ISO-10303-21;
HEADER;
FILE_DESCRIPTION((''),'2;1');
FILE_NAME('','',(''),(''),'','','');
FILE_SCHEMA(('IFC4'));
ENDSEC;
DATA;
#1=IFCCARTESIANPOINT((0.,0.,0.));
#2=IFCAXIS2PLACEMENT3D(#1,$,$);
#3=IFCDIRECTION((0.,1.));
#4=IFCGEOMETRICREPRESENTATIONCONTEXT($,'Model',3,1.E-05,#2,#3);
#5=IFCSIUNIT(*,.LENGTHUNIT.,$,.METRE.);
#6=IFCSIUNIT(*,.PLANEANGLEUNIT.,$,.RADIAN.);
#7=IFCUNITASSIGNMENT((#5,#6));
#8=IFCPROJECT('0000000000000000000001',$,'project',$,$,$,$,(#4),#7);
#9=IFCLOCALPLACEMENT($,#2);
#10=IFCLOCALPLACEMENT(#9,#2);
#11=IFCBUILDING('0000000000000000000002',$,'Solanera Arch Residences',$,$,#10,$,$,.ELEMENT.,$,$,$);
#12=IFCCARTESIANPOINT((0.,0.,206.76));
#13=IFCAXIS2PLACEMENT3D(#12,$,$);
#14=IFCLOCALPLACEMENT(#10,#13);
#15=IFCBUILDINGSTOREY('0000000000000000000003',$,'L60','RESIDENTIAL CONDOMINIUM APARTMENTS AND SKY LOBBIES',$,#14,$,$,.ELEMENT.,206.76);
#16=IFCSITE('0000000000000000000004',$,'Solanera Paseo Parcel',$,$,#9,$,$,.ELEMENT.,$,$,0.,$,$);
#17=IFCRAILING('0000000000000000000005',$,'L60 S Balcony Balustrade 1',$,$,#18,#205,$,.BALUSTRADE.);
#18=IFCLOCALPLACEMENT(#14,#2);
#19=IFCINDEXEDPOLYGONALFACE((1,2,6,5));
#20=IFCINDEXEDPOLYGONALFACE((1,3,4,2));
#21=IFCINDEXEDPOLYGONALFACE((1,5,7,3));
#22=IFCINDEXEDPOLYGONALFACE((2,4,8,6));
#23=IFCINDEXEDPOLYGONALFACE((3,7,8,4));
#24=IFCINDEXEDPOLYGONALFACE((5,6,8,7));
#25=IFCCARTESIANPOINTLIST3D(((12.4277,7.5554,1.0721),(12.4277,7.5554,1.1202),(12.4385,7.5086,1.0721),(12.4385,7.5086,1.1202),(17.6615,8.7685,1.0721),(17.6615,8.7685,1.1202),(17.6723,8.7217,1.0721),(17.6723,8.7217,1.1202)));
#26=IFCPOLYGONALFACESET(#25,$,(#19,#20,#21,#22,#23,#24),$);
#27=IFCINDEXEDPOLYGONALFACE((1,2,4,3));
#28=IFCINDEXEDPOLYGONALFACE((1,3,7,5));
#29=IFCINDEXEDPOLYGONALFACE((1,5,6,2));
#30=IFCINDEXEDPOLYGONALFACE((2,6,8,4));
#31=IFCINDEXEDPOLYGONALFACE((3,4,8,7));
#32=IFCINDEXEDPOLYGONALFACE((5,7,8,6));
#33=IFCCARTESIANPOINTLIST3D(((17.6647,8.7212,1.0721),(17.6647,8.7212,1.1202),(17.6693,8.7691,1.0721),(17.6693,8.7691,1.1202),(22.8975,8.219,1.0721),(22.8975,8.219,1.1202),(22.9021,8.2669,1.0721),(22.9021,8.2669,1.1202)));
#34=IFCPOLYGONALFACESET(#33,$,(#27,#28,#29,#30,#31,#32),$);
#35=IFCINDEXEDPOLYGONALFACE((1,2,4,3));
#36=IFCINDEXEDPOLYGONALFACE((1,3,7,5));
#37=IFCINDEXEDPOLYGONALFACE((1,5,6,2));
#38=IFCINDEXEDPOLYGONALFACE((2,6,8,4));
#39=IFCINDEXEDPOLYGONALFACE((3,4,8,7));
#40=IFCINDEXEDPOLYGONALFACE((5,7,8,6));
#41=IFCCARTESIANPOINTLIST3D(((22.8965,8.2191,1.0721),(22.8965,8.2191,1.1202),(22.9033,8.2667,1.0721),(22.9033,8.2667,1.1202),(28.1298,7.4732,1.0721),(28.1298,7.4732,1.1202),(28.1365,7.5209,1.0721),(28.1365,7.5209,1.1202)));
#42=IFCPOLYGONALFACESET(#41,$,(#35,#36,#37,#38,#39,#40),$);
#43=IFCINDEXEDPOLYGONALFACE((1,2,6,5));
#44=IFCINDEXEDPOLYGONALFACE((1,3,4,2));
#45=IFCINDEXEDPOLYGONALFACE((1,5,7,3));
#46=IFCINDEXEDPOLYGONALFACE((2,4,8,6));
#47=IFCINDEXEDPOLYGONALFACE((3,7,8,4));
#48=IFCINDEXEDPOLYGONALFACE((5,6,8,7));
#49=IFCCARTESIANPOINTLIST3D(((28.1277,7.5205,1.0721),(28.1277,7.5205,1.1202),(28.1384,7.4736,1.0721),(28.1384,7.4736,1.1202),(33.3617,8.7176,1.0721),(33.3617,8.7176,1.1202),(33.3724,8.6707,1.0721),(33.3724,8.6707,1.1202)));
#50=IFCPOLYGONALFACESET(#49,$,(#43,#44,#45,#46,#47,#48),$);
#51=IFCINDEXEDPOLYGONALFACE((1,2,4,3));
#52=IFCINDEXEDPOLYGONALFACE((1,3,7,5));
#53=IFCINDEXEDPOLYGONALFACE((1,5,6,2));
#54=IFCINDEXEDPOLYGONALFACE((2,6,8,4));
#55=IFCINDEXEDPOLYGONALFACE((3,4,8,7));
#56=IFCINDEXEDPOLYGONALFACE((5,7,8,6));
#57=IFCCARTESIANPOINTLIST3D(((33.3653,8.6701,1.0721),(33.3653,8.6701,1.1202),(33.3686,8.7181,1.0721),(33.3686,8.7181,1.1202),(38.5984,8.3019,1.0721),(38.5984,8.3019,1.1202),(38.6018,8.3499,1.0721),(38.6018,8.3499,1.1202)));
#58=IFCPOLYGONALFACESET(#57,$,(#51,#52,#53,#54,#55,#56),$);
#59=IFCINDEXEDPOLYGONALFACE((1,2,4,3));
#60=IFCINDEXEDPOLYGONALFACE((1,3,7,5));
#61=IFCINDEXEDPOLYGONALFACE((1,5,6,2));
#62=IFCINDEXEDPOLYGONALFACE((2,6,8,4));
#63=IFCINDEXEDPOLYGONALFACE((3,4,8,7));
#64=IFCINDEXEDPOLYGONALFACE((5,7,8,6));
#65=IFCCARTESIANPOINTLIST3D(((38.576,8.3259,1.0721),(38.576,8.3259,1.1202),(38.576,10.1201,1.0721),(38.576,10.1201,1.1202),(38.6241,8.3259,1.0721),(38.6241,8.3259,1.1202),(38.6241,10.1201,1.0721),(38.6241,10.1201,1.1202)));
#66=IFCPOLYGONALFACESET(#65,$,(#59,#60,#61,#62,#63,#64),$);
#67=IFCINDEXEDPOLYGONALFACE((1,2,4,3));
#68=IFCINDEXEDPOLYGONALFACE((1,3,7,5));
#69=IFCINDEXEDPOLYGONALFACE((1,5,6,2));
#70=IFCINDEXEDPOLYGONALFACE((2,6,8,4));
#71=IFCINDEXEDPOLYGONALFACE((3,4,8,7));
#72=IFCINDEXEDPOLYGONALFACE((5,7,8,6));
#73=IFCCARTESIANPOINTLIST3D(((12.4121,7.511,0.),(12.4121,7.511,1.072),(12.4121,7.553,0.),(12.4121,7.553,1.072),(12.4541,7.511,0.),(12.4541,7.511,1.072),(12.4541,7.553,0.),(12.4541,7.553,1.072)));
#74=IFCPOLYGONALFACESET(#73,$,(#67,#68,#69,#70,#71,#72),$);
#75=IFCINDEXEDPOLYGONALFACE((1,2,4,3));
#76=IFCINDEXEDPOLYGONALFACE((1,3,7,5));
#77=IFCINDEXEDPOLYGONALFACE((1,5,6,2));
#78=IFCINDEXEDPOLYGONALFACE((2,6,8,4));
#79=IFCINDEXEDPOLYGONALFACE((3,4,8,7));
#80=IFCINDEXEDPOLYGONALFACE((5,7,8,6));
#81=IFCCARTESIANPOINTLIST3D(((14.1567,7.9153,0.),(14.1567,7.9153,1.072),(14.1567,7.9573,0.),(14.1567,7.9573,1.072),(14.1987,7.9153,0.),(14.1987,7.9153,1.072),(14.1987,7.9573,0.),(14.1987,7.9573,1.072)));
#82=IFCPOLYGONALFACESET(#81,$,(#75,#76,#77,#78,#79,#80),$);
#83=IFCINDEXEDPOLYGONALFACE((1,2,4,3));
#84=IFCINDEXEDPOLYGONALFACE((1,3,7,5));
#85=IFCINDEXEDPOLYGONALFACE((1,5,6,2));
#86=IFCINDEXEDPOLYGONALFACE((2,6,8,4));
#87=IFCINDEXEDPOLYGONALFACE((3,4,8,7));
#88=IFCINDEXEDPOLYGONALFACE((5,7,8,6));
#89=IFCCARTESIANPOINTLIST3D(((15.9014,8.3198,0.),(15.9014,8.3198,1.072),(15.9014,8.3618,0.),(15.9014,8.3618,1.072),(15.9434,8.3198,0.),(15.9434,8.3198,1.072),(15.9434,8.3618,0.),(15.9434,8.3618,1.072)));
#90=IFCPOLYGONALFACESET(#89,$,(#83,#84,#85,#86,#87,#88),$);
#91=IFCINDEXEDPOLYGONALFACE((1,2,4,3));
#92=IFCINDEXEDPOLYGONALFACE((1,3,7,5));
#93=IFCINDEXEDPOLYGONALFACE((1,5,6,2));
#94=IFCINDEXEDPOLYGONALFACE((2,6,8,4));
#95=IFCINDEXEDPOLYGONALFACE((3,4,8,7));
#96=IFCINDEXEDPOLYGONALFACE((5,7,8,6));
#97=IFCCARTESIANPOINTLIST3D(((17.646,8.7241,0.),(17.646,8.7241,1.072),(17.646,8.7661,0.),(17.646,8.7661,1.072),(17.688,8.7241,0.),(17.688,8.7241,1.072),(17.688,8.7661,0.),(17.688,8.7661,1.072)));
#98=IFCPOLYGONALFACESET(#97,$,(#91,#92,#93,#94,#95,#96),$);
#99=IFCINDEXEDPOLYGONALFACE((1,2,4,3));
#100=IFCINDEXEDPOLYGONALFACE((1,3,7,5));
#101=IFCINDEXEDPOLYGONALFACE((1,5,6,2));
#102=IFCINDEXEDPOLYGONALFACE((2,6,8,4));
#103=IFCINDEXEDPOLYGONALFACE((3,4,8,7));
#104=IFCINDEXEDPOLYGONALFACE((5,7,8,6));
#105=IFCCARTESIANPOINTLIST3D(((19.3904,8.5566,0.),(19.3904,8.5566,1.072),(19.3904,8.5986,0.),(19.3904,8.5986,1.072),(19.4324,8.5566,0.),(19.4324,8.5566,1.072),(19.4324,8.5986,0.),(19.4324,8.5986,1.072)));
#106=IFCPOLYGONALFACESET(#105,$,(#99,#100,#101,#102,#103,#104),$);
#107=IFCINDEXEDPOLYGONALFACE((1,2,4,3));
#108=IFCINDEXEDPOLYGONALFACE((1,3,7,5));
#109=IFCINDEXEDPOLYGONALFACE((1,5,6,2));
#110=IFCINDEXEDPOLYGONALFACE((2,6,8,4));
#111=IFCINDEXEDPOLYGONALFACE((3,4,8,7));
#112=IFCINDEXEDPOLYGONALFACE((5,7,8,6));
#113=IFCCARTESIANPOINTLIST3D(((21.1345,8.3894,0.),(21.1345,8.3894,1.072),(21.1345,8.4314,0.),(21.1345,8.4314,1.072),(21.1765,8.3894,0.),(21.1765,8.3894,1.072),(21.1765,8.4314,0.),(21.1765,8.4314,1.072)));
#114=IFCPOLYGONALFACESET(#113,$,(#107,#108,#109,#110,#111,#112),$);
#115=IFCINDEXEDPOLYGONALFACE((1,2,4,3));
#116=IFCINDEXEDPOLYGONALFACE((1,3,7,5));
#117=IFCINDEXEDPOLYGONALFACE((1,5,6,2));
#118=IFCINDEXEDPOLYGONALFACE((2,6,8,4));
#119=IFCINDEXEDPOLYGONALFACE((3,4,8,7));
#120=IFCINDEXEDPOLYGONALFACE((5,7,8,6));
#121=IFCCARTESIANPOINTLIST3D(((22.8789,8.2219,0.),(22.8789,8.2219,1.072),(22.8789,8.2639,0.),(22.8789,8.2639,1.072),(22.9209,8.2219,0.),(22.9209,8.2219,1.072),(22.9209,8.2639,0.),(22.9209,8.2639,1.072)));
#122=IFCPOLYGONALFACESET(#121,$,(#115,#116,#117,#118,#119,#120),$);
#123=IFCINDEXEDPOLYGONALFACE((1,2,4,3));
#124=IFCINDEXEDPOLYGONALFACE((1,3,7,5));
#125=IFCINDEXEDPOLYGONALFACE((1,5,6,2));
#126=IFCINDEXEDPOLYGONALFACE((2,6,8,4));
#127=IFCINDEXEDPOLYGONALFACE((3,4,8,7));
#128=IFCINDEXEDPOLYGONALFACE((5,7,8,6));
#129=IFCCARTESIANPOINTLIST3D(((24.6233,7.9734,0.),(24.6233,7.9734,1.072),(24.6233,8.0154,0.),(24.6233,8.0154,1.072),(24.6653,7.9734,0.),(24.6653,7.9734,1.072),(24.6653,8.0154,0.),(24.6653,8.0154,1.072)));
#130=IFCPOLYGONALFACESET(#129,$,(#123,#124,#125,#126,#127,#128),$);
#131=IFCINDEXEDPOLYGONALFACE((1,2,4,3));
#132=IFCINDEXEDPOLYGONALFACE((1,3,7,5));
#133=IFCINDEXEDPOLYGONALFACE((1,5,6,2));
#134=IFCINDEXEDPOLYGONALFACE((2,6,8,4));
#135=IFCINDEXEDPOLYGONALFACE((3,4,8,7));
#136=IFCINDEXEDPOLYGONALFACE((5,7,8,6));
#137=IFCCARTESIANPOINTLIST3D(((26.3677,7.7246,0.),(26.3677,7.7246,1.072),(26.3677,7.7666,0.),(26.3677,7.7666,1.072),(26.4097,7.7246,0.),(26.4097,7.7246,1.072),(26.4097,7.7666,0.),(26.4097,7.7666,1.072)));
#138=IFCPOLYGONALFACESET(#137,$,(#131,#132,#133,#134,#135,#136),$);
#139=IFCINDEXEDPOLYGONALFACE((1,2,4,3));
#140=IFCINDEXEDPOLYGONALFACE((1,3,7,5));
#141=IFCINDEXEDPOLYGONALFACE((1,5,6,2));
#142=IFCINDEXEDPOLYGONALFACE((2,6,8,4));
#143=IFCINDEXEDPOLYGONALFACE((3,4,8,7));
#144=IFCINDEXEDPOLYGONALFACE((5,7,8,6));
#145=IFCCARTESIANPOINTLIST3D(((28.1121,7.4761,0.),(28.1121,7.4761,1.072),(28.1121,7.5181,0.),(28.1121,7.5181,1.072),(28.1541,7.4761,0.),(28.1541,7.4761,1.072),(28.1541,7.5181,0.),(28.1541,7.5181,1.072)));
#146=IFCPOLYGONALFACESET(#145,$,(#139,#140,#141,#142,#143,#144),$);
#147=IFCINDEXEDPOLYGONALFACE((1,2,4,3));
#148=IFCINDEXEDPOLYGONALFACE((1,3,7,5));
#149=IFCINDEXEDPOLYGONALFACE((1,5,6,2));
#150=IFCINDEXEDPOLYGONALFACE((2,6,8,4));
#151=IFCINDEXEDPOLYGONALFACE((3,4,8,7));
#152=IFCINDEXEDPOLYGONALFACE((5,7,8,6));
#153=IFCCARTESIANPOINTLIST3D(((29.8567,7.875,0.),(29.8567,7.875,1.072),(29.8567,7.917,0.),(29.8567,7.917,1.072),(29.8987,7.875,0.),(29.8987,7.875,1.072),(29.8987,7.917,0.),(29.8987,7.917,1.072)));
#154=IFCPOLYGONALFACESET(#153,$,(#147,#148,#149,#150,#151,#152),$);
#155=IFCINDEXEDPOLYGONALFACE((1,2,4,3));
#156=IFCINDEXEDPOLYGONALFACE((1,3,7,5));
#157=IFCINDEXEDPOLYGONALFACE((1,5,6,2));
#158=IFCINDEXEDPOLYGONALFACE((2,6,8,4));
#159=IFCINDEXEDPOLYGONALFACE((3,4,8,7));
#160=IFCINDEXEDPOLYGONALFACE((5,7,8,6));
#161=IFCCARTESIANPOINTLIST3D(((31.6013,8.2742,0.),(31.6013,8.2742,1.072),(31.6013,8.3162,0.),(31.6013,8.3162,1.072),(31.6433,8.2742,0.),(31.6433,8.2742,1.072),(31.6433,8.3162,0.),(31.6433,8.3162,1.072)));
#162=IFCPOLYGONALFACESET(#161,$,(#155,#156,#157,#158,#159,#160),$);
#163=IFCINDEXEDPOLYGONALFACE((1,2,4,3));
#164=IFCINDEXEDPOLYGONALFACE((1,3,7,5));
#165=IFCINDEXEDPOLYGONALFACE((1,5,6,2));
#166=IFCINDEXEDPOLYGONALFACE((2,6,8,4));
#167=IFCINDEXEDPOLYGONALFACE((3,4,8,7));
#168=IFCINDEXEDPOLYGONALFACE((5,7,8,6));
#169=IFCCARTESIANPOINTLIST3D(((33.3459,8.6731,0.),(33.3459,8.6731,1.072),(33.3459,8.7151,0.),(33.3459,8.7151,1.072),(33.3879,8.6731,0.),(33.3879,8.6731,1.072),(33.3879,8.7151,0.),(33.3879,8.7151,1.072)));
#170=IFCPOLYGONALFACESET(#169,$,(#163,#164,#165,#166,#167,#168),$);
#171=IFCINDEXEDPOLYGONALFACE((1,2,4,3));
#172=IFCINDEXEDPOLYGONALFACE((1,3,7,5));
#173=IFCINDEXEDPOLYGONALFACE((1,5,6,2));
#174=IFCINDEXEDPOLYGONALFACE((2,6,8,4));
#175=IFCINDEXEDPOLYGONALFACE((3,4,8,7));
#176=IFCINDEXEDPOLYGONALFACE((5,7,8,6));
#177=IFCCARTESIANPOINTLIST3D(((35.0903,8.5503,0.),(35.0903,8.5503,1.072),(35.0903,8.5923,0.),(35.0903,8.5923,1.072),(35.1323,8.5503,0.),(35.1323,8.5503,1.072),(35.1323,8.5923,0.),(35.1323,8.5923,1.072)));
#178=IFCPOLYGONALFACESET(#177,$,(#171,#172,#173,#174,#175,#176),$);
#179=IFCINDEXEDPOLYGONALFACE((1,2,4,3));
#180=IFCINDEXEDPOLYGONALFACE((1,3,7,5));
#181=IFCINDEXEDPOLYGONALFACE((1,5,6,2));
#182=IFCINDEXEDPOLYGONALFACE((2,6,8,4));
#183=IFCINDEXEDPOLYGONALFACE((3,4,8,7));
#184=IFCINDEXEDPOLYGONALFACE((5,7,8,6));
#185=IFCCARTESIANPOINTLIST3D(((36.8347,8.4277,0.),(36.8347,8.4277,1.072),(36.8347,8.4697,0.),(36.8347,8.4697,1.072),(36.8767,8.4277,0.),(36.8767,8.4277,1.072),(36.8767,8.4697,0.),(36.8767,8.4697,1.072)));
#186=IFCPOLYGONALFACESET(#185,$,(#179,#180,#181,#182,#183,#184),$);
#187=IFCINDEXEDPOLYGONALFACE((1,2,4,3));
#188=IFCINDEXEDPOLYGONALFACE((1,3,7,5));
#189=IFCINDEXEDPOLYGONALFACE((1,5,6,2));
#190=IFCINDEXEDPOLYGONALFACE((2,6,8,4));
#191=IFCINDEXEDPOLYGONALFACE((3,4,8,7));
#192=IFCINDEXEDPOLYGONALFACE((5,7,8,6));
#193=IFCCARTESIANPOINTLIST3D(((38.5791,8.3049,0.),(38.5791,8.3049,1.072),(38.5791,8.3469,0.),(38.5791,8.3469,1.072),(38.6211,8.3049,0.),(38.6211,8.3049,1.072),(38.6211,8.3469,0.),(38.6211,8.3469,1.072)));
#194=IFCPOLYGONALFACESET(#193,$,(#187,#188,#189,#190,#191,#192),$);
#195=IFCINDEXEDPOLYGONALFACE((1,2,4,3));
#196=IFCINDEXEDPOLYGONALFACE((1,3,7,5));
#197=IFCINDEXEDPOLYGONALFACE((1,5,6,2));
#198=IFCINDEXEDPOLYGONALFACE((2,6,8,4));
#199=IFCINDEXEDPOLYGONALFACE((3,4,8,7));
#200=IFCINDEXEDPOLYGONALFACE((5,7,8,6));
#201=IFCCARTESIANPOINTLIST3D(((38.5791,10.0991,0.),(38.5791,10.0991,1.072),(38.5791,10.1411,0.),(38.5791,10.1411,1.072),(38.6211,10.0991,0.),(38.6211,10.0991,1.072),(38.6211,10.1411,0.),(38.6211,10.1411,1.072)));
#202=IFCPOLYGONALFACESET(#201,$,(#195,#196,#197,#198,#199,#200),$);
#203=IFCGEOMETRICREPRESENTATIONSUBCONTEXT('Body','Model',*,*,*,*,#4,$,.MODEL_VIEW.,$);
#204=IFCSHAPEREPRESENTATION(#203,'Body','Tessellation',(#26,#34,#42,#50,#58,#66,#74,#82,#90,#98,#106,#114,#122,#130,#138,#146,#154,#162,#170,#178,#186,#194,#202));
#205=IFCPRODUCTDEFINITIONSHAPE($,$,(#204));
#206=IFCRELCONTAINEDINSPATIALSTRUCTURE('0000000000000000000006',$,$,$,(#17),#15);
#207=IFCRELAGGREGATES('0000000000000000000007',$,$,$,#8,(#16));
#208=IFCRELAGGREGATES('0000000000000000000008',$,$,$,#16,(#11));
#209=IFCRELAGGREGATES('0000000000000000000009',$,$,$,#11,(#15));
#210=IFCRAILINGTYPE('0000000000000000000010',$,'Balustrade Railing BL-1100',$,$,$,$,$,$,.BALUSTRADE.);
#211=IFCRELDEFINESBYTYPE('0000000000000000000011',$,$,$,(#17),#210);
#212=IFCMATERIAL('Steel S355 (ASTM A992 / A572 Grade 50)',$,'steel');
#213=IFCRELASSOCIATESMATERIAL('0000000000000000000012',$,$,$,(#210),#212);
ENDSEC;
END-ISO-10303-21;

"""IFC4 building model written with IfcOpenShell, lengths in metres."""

from ifc_helpers import new_model, si_unit, direction, frame, origin, origin_2d, place, context, subcontext, project, spatial, rectangle, extrude, material, type_object, element, save


model = new_model("IFC4")

# Units and contexts
model_context = context("Model", 3, precision=1e-05, world=origin(), true_north=direction((0.0, 1.0)))
body_context = subcontext(model_context, "Body", "Model", "MODEL_VIEW")
ifc_project = project(units=[si_unit("LENGTHUNIT", "METRE"), si_unit("PLANEANGLEUNIT", "RADIAN")], contexts=[model_context])

# Site, building, storey
site_placement = place(None, origin())
site = spatial("IfcSite", under=ifc_project, at=site_placement, Name="Solanera Paseo Parcel", CompositionType="ELEMENT", RefElevation=0.0)
building_placement = place(site_placement, origin())
building = spatial("IfcBuilding", under=site, at=building_placement, Name="Solanera Arch Residences", CompositionType="ELEMENT")
storey_placement = place(building_placement, frame((0.0, 0.0, 206.76)))
storey = spatial("IfcBuildingStorey", under=building, at=storey_placement, Name="L60", Description="RESIDENTIAL CONDOMINIUM APARTMENTS AND SKY LOBBIES", CompositionType="ELEMENT", Elevation=206.76)

# Railing
ifc_material_1 = material(Name="Steel S355 (ASTM A992 / A572 Grade 50)", Category="steel")
railing_type = type_object("IfcRailingType", Name="Balustrade Railing BL-1100", PredefinedType="BALUSTRADE", material=ifc_material_1)
railing_placement = place(storey_placement, frame((12.4331, 7.532, 0.0)))
element("IfcRailing", 1, at=railing_placement, inside=storey, type_object=railing_type, Name="L60 S Balcony Balustrade 1", PredefinedType="BALUSTRADE", context=body_context, shape_type="SweptSolid", body=[
    extrude(rectangle(XDim=0.0481, YDim=0.0481, at=origin_2d()), frame((0.0, 0.0, 1.0962), z_axis=(0.974174, 0.225799, 0.0), x_axis=(-0.225799, 0.974174, 0.0)), (0.0, 0.0, 1.0), 5.3726),
    extrude(rectangle(XDim=0.0481, YDim=0.0481, at=origin_2d()), frame((5.2339, 1.2131, 1.0962), z_axis=(0.995427, -0.09553, 0.0), x_axis=(0.09553, 0.995427, 0.0)), (0.0, 0.0, 1.0), 5.2568),
    extrude(rectangle(XDim=0.0481, YDim=0.0481, at=origin_2d()), frame((10.4668, 0.7109, 1.0962), z_axis=(0.989996, -0.141098, 0.0), x_axis=(0.141098, 0.989996, 0.0)), (0.0, 0.0, 1.0), 5.2861),
    extrude(rectangle(XDim=0.0481, YDim=0.0481, at=origin_2d()), frame((15.7, -0.0349, 1.0962), z_axis=(0.97483, 0.22295, 0.0), x_axis=(-0.22295, 0.97483, 0.0)), (0.0, 0.0, 1.0), 5.3691),
    extrude(rectangle(XDim=0.0481, YDim=0.0481, at=origin_2d()), frame((20.9338, 1.1621, 1.0962), z_axis=(0.997534, -0.070179, 0.0), x_axis=(0.070179, 0.997534, 0.0)), (0.0, 0.0, 1.0), 5.2461),
    extrude(rectangle(XDim=0.0481, YDim=0.0481, at=origin_2d()), frame((26.167, 0.7939, 1.0962), z_axis=(0.0, 1.0, 0.0), x_axis=(-1.0, 0.0, 0.0)), (0.0, 0.0, 1.0), 1.7942),
    extrude(rectangle(XDim=0.042, YDim=0.042, at=origin_2d()), origin(), (0.0, 0.0, 1.0), 1.072),
    extrude(rectangle(XDim=0.042, YDim=0.042, at=origin_2d()), frame((1.7446, 0.4043, 0.0)), (0.0, 0.0, 1.0), 1.072),
    extrude(rectangle(XDim=0.042, YDim=0.042, at=origin_2d()), frame((3.4893, 0.8088, 0.0)), (0.0, 0.0, 1.0), 1.072),
    extrude(rectangle(XDim=0.042, YDim=0.042, at=origin_2d()), frame((5.2339, 1.2131, 0.0)), (0.0, 0.0, 1.0), 1.072),
    extrude(rectangle(XDim=0.042, YDim=0.042, at=origin_2d()), frame((6.9783, 1.0457, 0.0)), (0.0, 0.0, 1.0), 1.072),
    extrude(rectangle(XDim=0.042, YDim=0.042, at=origin_2d()), frame((8.7224, 0.8784, 0.0)), (0.0, 0.0, 1.0), 1.072),
    extrude(rectangle(XDim=0.042, YDim=0.042, at=origin_2d()), frame((10.4668, 0.7109, 0.0)), (0.0, 0.0, 1.0), 1.072),
    extrude(rectangle(XDim=0.042, YDim=0.042, at=origin_2d()), frame((12.2112, 0.4624, 0.0)), (0.0, 0.0, 1.0), 1.072),
    extrude(rectangle(XDim=0.042, YDim=0.042, at=origin_2d()), frame((13.9556, 0.2136, 0.0)), (0.0, 0.0, 1.0), 1.072),
    extrude(rectangle(XDim=0.042, YDim=0.042, at=origin_2d()), frame((15.7, -0.0349, 0.0)), (0.0, 0.0, 1.0), 1.072),
    extrude(rectangle(XDim=0.042, YDim=0.042, at=origin_2d()), frame((17.4446, 0.364, 0.0)), (0.0, 0.0, 1.0), 1.072),
    extrude(rectangle(XDim=0.042, YDim=0.042, at=origin_2d()), frame((19.1892, 0.7632, 0.0)), (0.0, 0.0, 1.0), 1.072),
    extrude(rectangle(XDim=0.042, YDim=0.042, at=origin_2d()), frame((20.9338, 1.1621, 0.0)), (0.0, 0.0, 1.0), 1.072),
    extrude(rectangle(XDim=0.042, YDim=0.042, at=origin_2d()), frame((22.6782, 1.0393, 0.0)), (0.0, 0.0, 1.0), 1.072),
    extrude(rectangle(XDim=0.042, YDim=0.042, at=origin_2d()), frame((24.4226, 0.9167, 0.0)), (0.0, 0.0, 1.0), 1.072),
    extrude(rectangle(XDim=0.042, YDim=0.042, at=origin_2d()), frame((26.167, 0.7939, 0.0)), (0.0, 0.0, 1.0), 1.072),
    extrude(rectangle(XDim=0.042, YDim=0.042, at=origin_2d()), frame((26.167, 2.5881, 0.0)), (0.0, 0.0, 1.0), 1.072),
])

save(model, "model.ifc")
